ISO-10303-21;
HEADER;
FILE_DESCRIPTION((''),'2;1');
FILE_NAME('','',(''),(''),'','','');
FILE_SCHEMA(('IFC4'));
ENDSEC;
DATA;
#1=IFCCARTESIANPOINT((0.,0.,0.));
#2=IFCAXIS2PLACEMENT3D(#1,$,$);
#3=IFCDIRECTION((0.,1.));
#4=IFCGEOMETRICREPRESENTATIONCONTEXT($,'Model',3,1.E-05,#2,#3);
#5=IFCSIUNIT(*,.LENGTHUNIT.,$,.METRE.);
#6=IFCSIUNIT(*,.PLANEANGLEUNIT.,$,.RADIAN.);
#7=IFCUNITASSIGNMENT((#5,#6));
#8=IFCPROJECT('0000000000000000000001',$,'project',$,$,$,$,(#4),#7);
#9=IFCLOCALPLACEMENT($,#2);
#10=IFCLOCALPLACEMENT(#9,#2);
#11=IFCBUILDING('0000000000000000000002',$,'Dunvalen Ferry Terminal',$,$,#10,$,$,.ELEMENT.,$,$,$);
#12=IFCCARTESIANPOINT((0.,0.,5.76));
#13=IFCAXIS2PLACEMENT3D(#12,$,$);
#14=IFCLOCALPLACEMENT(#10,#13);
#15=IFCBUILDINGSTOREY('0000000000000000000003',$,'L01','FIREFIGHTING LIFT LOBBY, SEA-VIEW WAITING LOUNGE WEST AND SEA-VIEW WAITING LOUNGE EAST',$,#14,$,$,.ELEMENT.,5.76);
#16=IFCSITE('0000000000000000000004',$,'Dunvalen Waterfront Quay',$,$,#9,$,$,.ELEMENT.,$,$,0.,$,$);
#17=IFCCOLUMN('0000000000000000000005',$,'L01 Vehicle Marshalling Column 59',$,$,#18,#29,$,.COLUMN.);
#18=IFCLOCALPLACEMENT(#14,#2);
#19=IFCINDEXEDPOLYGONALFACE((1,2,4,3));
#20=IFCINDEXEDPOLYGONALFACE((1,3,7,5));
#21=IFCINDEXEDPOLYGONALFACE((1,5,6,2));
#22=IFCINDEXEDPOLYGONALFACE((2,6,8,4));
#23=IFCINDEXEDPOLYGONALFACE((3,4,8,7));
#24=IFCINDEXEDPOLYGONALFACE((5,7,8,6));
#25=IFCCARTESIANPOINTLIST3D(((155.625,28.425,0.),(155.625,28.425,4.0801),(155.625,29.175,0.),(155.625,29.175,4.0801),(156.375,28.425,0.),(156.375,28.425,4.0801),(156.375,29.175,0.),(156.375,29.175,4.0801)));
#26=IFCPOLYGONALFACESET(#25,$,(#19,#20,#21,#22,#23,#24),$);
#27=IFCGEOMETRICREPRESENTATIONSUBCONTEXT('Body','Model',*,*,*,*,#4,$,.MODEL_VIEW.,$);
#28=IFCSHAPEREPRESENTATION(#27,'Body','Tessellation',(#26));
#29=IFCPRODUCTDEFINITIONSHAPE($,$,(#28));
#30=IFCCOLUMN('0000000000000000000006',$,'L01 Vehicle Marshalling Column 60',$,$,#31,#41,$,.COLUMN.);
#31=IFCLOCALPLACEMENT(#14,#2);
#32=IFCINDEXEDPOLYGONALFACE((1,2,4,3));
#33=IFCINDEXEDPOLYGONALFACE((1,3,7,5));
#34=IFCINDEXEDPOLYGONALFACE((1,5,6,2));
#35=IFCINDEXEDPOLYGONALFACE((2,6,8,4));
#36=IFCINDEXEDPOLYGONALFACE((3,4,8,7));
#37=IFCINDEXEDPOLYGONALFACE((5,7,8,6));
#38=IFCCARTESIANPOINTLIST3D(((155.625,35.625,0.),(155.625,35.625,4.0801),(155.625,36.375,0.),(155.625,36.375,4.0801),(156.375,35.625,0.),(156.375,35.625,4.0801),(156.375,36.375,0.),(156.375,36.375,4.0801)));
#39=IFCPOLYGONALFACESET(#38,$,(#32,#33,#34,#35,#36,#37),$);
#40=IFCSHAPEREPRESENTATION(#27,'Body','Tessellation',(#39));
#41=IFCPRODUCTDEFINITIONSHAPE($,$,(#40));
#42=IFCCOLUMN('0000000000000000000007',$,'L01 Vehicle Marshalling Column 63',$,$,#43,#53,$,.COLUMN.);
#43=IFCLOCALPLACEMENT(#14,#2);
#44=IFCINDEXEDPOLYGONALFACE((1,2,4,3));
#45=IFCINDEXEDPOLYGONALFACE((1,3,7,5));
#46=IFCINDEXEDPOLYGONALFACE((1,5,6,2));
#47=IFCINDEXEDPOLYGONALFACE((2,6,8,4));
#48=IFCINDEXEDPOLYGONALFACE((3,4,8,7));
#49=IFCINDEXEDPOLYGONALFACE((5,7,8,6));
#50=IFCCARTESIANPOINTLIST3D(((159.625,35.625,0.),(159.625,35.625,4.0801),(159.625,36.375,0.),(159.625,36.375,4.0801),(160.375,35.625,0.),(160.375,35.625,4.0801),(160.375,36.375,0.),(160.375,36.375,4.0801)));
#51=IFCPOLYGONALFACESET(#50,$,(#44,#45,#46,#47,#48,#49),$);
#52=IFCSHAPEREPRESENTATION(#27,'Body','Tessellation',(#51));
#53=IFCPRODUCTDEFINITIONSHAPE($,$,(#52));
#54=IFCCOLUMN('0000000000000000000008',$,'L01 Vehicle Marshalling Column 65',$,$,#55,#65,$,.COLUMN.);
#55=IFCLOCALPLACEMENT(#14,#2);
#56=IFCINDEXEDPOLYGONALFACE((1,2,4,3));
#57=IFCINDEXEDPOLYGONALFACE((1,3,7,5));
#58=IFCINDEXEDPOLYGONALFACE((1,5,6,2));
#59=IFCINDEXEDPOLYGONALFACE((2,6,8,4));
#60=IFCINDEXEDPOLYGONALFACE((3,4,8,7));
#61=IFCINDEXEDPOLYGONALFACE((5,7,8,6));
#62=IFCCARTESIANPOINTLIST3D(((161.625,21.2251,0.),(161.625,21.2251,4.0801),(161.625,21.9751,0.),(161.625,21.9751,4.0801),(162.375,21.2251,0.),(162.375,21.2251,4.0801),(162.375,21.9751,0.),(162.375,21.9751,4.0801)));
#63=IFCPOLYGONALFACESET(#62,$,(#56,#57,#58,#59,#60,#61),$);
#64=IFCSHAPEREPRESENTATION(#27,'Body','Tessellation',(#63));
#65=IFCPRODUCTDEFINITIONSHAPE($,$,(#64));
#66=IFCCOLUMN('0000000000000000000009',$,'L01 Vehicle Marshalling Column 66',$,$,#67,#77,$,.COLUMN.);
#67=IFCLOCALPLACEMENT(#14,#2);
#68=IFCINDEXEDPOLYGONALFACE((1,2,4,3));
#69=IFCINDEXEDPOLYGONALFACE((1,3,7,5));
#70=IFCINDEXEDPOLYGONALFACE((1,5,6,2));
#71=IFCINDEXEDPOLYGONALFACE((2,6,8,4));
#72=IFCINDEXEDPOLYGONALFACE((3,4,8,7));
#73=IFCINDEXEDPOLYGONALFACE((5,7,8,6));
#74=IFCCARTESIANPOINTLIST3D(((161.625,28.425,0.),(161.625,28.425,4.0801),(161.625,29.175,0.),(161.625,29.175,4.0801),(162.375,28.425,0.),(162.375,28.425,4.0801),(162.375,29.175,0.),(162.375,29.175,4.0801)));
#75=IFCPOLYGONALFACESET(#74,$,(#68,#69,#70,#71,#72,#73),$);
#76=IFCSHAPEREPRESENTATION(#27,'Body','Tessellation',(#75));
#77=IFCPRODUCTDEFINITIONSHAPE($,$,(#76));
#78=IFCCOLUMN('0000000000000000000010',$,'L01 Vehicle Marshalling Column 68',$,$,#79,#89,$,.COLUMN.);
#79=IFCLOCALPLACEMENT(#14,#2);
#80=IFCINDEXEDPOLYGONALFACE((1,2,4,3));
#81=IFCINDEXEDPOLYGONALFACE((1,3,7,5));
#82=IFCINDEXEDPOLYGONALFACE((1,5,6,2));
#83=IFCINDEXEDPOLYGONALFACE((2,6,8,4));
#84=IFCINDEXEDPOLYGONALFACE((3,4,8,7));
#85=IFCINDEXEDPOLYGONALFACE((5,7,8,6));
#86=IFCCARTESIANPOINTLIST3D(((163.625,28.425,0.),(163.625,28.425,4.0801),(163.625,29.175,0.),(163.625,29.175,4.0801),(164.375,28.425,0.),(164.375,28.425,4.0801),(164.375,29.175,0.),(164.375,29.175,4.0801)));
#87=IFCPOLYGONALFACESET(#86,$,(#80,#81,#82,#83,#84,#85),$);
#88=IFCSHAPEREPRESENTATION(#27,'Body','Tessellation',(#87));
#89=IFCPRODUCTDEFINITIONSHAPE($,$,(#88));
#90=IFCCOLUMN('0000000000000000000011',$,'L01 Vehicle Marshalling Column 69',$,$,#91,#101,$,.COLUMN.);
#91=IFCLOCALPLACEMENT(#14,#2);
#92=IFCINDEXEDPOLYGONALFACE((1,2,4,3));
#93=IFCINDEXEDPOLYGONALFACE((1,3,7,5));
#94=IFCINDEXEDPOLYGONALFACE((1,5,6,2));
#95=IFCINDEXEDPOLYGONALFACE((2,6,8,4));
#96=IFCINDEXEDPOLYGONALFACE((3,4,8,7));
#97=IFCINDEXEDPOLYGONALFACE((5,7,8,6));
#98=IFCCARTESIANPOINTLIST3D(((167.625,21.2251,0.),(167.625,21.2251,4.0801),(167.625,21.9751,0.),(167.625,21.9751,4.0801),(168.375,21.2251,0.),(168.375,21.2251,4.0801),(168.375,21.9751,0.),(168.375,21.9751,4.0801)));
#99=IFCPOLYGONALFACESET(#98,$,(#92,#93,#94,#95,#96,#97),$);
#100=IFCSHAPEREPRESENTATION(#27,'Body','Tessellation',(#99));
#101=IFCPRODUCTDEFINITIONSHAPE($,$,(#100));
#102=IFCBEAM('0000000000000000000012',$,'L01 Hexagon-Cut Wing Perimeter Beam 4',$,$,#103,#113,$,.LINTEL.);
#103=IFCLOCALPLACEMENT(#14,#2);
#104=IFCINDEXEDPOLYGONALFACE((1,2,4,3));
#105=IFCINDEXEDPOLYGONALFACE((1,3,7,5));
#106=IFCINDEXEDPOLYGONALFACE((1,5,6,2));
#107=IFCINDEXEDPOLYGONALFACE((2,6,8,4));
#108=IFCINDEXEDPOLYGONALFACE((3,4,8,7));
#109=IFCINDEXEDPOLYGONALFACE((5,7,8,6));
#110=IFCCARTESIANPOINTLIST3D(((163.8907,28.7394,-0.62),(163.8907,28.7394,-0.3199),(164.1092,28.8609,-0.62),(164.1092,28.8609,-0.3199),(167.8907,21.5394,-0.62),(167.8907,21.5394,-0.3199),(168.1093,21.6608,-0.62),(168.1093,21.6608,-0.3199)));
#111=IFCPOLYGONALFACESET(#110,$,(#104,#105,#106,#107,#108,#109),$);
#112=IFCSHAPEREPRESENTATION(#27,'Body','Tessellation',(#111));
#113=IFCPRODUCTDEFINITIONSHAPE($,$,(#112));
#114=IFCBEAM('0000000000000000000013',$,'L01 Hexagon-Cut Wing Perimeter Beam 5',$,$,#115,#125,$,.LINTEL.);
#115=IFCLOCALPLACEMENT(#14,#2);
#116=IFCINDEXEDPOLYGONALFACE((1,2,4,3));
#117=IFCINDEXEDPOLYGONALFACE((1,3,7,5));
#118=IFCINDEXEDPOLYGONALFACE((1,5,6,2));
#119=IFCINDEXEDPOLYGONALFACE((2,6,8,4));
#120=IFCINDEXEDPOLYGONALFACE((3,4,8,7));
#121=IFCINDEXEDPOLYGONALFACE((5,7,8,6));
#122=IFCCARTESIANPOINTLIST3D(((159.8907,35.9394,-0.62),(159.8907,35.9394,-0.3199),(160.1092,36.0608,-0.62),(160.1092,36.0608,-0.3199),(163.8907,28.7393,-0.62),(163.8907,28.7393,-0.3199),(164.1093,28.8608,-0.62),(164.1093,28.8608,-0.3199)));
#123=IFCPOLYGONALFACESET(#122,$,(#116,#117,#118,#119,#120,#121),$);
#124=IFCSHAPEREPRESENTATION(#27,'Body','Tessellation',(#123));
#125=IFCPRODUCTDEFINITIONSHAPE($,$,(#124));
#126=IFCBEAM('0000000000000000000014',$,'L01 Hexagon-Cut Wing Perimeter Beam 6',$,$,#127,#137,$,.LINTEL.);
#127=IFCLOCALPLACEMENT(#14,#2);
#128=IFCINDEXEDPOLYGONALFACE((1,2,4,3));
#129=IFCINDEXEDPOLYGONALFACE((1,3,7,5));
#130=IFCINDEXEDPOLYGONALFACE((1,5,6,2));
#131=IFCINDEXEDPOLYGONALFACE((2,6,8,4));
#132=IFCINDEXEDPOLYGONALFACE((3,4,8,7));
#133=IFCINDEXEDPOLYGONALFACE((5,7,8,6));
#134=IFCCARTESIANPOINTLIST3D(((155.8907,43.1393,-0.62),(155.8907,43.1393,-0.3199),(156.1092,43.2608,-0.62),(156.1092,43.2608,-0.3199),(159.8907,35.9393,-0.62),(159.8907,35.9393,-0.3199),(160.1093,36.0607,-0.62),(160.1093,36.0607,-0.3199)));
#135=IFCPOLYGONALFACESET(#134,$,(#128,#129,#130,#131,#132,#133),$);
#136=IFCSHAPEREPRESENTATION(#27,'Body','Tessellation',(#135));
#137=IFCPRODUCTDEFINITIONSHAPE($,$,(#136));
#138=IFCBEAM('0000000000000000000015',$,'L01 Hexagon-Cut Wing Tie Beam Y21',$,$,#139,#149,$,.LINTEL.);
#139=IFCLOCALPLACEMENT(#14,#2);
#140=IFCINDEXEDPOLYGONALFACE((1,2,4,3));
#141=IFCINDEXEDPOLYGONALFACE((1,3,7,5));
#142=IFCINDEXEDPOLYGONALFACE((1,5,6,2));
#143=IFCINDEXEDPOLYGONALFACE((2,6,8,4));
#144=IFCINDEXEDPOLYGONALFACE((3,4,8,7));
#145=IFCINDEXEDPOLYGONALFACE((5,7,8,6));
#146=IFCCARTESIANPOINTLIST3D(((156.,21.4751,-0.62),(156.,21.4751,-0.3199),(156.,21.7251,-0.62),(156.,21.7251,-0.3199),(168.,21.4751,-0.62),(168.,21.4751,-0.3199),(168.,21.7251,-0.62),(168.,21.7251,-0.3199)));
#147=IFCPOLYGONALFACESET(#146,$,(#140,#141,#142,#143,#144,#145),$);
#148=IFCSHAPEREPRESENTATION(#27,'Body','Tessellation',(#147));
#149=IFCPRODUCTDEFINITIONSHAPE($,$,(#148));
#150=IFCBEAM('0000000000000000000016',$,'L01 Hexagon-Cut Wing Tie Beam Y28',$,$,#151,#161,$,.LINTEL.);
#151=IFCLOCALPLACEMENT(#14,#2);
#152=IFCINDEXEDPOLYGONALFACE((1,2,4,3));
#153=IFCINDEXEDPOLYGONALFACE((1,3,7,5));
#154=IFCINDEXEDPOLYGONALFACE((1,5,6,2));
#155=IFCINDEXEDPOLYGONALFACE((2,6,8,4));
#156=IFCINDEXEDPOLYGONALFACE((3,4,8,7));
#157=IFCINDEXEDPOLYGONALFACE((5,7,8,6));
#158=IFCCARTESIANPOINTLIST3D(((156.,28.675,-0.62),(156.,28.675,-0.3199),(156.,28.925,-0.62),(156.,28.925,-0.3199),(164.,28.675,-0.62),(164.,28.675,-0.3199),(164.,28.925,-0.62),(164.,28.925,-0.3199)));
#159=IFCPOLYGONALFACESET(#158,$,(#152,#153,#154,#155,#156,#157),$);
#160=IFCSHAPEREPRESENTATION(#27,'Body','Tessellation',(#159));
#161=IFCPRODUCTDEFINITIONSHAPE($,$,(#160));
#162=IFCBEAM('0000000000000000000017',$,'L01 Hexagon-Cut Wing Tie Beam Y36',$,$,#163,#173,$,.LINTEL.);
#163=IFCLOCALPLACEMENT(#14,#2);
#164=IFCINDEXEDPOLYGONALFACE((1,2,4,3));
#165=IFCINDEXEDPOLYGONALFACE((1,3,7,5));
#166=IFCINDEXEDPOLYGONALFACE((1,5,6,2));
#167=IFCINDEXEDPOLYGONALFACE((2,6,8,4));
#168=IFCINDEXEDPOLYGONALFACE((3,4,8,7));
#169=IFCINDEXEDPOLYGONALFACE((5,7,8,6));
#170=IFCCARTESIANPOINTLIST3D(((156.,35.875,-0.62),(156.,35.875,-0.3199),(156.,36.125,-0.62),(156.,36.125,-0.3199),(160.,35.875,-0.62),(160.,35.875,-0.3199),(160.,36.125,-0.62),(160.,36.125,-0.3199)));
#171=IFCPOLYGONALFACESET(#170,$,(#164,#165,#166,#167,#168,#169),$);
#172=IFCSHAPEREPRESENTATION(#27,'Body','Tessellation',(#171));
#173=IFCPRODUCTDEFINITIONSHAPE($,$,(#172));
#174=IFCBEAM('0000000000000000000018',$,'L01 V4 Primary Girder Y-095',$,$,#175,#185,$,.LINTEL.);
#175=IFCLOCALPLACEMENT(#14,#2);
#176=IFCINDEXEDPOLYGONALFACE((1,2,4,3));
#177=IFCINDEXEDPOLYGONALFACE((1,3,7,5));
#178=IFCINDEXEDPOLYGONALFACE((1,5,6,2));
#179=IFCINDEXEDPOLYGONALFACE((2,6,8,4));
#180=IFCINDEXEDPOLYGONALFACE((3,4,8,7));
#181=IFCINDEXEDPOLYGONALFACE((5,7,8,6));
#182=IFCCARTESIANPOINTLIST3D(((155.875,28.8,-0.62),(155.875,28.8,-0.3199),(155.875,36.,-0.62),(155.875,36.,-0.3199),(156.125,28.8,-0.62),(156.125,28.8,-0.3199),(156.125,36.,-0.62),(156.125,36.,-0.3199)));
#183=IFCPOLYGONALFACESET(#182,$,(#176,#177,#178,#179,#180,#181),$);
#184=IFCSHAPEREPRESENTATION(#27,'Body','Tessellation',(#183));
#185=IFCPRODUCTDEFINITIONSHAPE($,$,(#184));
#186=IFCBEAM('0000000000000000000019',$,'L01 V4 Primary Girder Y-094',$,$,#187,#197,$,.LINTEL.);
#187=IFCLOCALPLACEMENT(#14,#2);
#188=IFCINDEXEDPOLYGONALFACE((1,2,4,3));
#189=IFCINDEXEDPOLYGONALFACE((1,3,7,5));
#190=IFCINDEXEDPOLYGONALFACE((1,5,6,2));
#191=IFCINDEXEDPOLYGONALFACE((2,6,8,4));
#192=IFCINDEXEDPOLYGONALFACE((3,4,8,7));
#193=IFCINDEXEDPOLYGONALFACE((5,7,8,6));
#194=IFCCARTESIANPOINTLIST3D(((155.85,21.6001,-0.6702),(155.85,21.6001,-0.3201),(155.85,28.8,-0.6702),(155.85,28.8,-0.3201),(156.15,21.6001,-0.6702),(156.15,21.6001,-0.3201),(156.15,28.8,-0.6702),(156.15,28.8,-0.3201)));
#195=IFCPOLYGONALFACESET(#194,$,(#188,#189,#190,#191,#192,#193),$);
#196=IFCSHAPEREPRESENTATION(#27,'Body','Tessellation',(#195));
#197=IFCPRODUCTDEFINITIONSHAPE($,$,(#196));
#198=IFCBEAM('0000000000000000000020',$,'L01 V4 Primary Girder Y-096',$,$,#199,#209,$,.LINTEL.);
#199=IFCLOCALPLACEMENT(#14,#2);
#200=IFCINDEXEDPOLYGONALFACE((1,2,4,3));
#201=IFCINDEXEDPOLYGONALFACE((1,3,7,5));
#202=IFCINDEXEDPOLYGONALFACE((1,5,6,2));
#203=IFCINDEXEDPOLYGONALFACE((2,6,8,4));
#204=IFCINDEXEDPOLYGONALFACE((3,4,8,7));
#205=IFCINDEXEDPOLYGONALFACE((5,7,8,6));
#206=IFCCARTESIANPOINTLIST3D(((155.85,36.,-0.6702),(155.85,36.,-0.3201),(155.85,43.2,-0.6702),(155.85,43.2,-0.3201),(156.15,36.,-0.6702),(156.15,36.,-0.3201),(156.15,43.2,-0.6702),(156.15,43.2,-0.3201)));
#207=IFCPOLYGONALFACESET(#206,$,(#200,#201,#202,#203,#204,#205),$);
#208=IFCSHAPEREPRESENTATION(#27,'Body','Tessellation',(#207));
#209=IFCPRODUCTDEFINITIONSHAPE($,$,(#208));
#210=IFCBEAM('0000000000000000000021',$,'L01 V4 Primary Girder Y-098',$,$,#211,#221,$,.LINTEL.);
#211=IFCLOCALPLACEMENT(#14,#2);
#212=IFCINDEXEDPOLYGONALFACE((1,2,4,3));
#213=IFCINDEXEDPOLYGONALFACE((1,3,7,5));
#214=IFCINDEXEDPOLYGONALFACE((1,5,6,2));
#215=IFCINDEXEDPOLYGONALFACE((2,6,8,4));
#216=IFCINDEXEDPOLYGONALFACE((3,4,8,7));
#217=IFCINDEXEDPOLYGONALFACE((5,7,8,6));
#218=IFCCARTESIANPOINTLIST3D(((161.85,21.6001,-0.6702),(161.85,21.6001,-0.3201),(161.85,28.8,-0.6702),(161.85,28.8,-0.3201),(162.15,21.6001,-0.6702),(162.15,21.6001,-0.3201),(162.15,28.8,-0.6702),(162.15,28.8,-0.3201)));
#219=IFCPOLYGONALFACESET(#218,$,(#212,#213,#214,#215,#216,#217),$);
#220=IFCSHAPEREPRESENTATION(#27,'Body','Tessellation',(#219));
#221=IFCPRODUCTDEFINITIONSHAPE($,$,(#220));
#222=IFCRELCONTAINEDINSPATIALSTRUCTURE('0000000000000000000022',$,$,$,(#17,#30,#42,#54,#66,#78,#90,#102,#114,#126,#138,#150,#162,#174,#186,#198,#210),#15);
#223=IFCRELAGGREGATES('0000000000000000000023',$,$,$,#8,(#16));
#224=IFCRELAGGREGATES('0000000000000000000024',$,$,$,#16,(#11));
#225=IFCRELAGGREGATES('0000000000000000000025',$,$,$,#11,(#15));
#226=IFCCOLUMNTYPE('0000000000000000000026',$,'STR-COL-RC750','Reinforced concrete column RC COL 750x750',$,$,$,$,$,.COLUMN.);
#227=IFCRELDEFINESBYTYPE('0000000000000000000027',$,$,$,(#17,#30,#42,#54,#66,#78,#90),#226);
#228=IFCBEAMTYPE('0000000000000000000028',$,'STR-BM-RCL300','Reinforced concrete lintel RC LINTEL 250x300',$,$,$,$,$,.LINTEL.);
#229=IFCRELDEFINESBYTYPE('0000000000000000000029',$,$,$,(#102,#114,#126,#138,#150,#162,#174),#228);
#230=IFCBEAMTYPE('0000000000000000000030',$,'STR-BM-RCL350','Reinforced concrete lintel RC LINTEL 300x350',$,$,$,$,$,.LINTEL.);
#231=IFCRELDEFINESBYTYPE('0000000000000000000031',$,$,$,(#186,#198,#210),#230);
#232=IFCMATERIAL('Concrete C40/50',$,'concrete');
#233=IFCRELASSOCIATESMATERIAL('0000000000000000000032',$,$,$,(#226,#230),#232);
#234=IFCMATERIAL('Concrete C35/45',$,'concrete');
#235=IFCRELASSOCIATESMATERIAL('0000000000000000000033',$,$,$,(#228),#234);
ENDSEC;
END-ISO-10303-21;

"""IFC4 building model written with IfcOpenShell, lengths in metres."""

from ifc_helpers import new_model, si_unit, direction, frame, origin, origin_2d, place, context, subcontext, project, spatial, rectangle, extrude, material, material_profile, profile_set, type_object, element, save


model = new_model("IFC4")

# Units and contexts
model_context = context("Model", 3, precision=1e-05, world=origin(), true_north=direction((0.0, 1.0)))
body_context = subcontext(model_context, "Body", "Model", "MODEL_VIEW")
ifc_project = project(units=[si_unit("LENGTHUNIT", "METRE"), si_unit("PLANEANGLEUNIT", "RADIAN")], contexts=[model_context])

# Site, building, storey
site_placement = place(None, origin())
site = spatial("IfcSite", under=ifc_project, at=site_placement, Name="Dunvalen Waterfront Quay", CompositionType="ELEMENT", RefElevation=0.0)
building_placement = place(site_placement, origin())
building = spatial("IfcBuilding", under=site, at=building_placement, Name="Dunvalen Ferry Terminal", CompositionType="ELEMENT")
storey_placement = place(building_placement, frame((0.0, 0.0, 5.76)))
storey = spatial("IfcBuildingStorey", under=building, at=storey_placement, Name="L01", Description="FIREFIGHTING LIFT LOBBY, SEA-VIEW WAITING LOUNGE WEST AND SEA-VIEW WAITING LOUNGE EAST", CompositionType="ELEMENT", Elevation=5.76)

# Columns
ifc_material_1 = material(Name="Concrete C40/50", Category="concrete")
ifc_material_profile_1 = material_profile(ifc_material_1, rectangle(XDim=0.75, YDim=0.75, at=origin_2d()), Name="Concrete C40/50")
ifc_profile_set_1 = profile_set([ifc_material_profile_1], Name="Concrete C40/50")
column_type = type_object("IfcColumnType", Name="STR-COL-RC750", Description="Reinforced concrete column RC COL 750x750", PredefinedType="COLUMN", material=ifc_profile_set_1)
for number, where, z_axis, x_axis, name in (
    (1, (156.0, 28.8, 0.0), (0.0, 0.0, 1.0), (1.0, 0.0, 0.0), "L01 Vehicle Marshalling Column 59"),
    (2, (156.0, 36.0, 0.0), (0.0, 0.0, 1.0), (1.0, 0.0, 0.0), "L01 Vehicle Marshalling Column 60"),
    (3, (160.0, 36.0, 0.0), (0.0, 0.0, 1.0), (1.0, 0.0, 0.0), "L01 Vehicle Marshalling Column 63"),
    (4, (162.0, 21.6001, 0.0), (0.0, 0.0, 1.0), (1.0, 0.0, 0.0), "L01 Vehicle Marshalling Column 65"),
    (5, (162.0, 28.8, 0.0), (0.0, 0.0, 1.0), (1.0, 0.0, 0.0), "L01 Vehicle Marshalling Column 66"),
    (6, (164.0, 28.8, 0.0), (0.0, 0.0, 1.0), (1.0, 0.0, 0.0), "L01 Vehicle Marshalling Column 68"),
    (7, (168.0, 21.6001, 0.0), (0.0, 0.0, 1.0), (1.0, 0.0, 0.0), "L01 Vehicle Marshalling Column 69"),
):
    element("IfcColumn", number, at=place(storey_placement, frame(where, z_axis=z_axis, x_axis=x_axis)), inside=storey, type_object=column_type, Name=name, PredefinedType="COLUMN", context=body_context, shape_type="SweptSolid", body=[
        extrude(rectangle(XDim=0.75, YDim=0.75, at=origin_2d()), origin(), (0.0, 0.0, 1.0), 4.0801),
    ])

# Beams
ifc_material_2 = material(Name="Concrete C35/45", Category="concrete")
ifc_material_profile_2 = material_profile(ifc_material_2, rectangle(XDim=0.25, YDim=0.3, at=origin_2d()), Name="Concrete C35/45")
ifc_profile_set_2 = profile_set([ifc_material_profile_2], Name="Concrete C35/45")
beam_type_1 = type_object("IfcBeamType", Name="STR-BM-RCL300", Description="Reinforced concrete lintel RC LINTEL 250x300", PredefinedType="LINTEL", material=ifc_profile_set_2)
for number, where, z_axis, x_axis, name in (
    (8, (168.0, 21.6001, -0.47), (-0.485645, 0.874156, 0.0), (-0.874156, -0.485645, 0.0), "L01 Hexagon-Cut Wing Perimeter Beam 4"),
    (9, (164.0, 28.8, -0.47), (-0.485645, 0.874156, 0.0), (-0.874156, -0.485645, 0.0), "L01 Hexagon-Cut Wing Perimeter Beam 5"),
    (10, (160.0, 36.0, -0.47), (-0.485645, 0.874156, 0.0), (-0.874156, -0.485645, 0.0), "L01 Hexagon-Cut Wing Perimeter Beam 6"),
):
    element("IfcBeam", number, at=place(storey_placement, frame(where, z_axis=z_axis, x_axis=x_axis)), inside=storey, type_object=beam_type_1, Name=name, PredefinedType="LINTEL", context=body_context, shape_type="SweptSolid", body=[
        extrude(rectangle(XDim=0.25, YDim=0.3, at=origin_2d()), origin(), (0.0, 0.0, 1.0), 8.2366),
    ])
beam_1_placement = place(storey_placement, frame((156.0, 21.6001, -0.47), z_axis=(1.0, 0.0, 0.0), x_axis=(0.0, 1.0, 0.0)))
element("IfcBeam", 11, at=beam_1_placement, inside=storey, type_object=beam_type_1, Name="L01 Hexagon-Cut Wing Tie Beam Y21", PredefinedType="LINTEL", context=body_context, shape_type="SweptSolid", body=[
    extrude(rectangle(XDim=0.25, YDim=0.3, at=origin_2d()), origin(), (0.0, 0.0, 1.0), 12.0),
])
beam_2_placement = place(storey_placement, frame((156.0, 28.8, -0.47), z_axis=(1.0, 0.0, 0.0), x_axis=(0.0, 1.0, 0.0)))
element("IfcBeam", 12, at=beam_2_placement, inside=storey, type_object=beam_type_1, Name="L01 Hexagon-Cut Wing Tie Beam Y28", PredefinedType="LINTEL", context=body_context, shape_type="SweptSolid", body=[
    extrude(rectangle(XDim=0.25, YDim=0.3, at=origin_2d()), origin(), (0.0, 0.0, 1.0), 8.0),
])
beam_3_placement = place(storey_placement, frame((156.0, 36.0, -0.47), z_axis=(1.0, 0.0, 0.0), x_axis=(0.0, 1.0, 0.0)))
element("IfcBeam", 13, at=beam_3_placement, inside=storey, type_object=beam_type_1, Name="L01 Hexagon-Cut Wing Tie Beam Y36", PredefinedType="LINTEL", context=body_context, shape_type="SweptSolid", body=[
    extrude(rectangle(XDim=0.25, YDim=0.3, at=origin_2d()), origin(), (0.0, 0.0, 1.0), 4.0),
])
beam_4_placement = place(storey_placement, frame((156.0, 28.8, -0.47), z_axis=(0.0, 1.0, 0.0), x_axis=(-1.0, 0.0, 0.0)))
element("IfcBeam", 14, at=beam_4_placement, inside=storey, type_object=beam_type_1, Name="L01 V4 Primary Girder Y-095", PredefinedType="LINTEL", context=body_context, shape_type="SweptSolid", body=[
    extrude(rectangle(XDim=0.25, YDim=0.3, at=origin_2d()), origin(), (0.0, 0.0, 1.0), 7.2),
])
ifc_material_profile_3 = material_profile(ifc_material_1, rectangle(XDim=0.3, YDim=0.3501, at=origin_2d()), Name="Concrete C40/50")
ifc_profile_set_3 = profile_set([ifc_material_profile_3], Name="Concrete C40/50")
beam_type_2 = type_object("IfcBeamType", Name="STR-BM-RCL350", Description="Reinforced concrete lintel RC LINTEL 300x350", PredefinedType="LINTEL", material=ifc_profile_set_3)
for number, where, z_axis, x_axis, name in (
    (15, (156.0, 21.6001, -0.4951), (0.0, 1.0, 0.0), (-1.0, 0.0, 0.0), "L01 V4 Primary Girder Y-094"),
    (16, (156.0, 36.0, -0.4951), (0.0, 1.0, 0.0), (-1.0, 0.0, 0.0), "L01 V4 Primary Girder Y-096"),
    (17, (162.0, 21.6001, -0.4951), (0.0, 1.0, 0.0), (-1.0, 0.0, 0.0), "L01 V4 Primary Girder Y-098"),
):
    element("IfcBeam", number, at=place(storey_placement, frame(where, z_axis=z_axis, x_axis=x_axis)), inside=storey, type_object=beam_type_2, Name=name, PredefinedType="LINTEL", context=body_context, shape_type="SweptSolid", body=[
        extrude(rectangle(XDim=0.3, YDim=0.3501, at=origin_2d()), origin(), (0.0, 0.0, 1.0), 7.2),
    ])

save(model, "model.ifc")
